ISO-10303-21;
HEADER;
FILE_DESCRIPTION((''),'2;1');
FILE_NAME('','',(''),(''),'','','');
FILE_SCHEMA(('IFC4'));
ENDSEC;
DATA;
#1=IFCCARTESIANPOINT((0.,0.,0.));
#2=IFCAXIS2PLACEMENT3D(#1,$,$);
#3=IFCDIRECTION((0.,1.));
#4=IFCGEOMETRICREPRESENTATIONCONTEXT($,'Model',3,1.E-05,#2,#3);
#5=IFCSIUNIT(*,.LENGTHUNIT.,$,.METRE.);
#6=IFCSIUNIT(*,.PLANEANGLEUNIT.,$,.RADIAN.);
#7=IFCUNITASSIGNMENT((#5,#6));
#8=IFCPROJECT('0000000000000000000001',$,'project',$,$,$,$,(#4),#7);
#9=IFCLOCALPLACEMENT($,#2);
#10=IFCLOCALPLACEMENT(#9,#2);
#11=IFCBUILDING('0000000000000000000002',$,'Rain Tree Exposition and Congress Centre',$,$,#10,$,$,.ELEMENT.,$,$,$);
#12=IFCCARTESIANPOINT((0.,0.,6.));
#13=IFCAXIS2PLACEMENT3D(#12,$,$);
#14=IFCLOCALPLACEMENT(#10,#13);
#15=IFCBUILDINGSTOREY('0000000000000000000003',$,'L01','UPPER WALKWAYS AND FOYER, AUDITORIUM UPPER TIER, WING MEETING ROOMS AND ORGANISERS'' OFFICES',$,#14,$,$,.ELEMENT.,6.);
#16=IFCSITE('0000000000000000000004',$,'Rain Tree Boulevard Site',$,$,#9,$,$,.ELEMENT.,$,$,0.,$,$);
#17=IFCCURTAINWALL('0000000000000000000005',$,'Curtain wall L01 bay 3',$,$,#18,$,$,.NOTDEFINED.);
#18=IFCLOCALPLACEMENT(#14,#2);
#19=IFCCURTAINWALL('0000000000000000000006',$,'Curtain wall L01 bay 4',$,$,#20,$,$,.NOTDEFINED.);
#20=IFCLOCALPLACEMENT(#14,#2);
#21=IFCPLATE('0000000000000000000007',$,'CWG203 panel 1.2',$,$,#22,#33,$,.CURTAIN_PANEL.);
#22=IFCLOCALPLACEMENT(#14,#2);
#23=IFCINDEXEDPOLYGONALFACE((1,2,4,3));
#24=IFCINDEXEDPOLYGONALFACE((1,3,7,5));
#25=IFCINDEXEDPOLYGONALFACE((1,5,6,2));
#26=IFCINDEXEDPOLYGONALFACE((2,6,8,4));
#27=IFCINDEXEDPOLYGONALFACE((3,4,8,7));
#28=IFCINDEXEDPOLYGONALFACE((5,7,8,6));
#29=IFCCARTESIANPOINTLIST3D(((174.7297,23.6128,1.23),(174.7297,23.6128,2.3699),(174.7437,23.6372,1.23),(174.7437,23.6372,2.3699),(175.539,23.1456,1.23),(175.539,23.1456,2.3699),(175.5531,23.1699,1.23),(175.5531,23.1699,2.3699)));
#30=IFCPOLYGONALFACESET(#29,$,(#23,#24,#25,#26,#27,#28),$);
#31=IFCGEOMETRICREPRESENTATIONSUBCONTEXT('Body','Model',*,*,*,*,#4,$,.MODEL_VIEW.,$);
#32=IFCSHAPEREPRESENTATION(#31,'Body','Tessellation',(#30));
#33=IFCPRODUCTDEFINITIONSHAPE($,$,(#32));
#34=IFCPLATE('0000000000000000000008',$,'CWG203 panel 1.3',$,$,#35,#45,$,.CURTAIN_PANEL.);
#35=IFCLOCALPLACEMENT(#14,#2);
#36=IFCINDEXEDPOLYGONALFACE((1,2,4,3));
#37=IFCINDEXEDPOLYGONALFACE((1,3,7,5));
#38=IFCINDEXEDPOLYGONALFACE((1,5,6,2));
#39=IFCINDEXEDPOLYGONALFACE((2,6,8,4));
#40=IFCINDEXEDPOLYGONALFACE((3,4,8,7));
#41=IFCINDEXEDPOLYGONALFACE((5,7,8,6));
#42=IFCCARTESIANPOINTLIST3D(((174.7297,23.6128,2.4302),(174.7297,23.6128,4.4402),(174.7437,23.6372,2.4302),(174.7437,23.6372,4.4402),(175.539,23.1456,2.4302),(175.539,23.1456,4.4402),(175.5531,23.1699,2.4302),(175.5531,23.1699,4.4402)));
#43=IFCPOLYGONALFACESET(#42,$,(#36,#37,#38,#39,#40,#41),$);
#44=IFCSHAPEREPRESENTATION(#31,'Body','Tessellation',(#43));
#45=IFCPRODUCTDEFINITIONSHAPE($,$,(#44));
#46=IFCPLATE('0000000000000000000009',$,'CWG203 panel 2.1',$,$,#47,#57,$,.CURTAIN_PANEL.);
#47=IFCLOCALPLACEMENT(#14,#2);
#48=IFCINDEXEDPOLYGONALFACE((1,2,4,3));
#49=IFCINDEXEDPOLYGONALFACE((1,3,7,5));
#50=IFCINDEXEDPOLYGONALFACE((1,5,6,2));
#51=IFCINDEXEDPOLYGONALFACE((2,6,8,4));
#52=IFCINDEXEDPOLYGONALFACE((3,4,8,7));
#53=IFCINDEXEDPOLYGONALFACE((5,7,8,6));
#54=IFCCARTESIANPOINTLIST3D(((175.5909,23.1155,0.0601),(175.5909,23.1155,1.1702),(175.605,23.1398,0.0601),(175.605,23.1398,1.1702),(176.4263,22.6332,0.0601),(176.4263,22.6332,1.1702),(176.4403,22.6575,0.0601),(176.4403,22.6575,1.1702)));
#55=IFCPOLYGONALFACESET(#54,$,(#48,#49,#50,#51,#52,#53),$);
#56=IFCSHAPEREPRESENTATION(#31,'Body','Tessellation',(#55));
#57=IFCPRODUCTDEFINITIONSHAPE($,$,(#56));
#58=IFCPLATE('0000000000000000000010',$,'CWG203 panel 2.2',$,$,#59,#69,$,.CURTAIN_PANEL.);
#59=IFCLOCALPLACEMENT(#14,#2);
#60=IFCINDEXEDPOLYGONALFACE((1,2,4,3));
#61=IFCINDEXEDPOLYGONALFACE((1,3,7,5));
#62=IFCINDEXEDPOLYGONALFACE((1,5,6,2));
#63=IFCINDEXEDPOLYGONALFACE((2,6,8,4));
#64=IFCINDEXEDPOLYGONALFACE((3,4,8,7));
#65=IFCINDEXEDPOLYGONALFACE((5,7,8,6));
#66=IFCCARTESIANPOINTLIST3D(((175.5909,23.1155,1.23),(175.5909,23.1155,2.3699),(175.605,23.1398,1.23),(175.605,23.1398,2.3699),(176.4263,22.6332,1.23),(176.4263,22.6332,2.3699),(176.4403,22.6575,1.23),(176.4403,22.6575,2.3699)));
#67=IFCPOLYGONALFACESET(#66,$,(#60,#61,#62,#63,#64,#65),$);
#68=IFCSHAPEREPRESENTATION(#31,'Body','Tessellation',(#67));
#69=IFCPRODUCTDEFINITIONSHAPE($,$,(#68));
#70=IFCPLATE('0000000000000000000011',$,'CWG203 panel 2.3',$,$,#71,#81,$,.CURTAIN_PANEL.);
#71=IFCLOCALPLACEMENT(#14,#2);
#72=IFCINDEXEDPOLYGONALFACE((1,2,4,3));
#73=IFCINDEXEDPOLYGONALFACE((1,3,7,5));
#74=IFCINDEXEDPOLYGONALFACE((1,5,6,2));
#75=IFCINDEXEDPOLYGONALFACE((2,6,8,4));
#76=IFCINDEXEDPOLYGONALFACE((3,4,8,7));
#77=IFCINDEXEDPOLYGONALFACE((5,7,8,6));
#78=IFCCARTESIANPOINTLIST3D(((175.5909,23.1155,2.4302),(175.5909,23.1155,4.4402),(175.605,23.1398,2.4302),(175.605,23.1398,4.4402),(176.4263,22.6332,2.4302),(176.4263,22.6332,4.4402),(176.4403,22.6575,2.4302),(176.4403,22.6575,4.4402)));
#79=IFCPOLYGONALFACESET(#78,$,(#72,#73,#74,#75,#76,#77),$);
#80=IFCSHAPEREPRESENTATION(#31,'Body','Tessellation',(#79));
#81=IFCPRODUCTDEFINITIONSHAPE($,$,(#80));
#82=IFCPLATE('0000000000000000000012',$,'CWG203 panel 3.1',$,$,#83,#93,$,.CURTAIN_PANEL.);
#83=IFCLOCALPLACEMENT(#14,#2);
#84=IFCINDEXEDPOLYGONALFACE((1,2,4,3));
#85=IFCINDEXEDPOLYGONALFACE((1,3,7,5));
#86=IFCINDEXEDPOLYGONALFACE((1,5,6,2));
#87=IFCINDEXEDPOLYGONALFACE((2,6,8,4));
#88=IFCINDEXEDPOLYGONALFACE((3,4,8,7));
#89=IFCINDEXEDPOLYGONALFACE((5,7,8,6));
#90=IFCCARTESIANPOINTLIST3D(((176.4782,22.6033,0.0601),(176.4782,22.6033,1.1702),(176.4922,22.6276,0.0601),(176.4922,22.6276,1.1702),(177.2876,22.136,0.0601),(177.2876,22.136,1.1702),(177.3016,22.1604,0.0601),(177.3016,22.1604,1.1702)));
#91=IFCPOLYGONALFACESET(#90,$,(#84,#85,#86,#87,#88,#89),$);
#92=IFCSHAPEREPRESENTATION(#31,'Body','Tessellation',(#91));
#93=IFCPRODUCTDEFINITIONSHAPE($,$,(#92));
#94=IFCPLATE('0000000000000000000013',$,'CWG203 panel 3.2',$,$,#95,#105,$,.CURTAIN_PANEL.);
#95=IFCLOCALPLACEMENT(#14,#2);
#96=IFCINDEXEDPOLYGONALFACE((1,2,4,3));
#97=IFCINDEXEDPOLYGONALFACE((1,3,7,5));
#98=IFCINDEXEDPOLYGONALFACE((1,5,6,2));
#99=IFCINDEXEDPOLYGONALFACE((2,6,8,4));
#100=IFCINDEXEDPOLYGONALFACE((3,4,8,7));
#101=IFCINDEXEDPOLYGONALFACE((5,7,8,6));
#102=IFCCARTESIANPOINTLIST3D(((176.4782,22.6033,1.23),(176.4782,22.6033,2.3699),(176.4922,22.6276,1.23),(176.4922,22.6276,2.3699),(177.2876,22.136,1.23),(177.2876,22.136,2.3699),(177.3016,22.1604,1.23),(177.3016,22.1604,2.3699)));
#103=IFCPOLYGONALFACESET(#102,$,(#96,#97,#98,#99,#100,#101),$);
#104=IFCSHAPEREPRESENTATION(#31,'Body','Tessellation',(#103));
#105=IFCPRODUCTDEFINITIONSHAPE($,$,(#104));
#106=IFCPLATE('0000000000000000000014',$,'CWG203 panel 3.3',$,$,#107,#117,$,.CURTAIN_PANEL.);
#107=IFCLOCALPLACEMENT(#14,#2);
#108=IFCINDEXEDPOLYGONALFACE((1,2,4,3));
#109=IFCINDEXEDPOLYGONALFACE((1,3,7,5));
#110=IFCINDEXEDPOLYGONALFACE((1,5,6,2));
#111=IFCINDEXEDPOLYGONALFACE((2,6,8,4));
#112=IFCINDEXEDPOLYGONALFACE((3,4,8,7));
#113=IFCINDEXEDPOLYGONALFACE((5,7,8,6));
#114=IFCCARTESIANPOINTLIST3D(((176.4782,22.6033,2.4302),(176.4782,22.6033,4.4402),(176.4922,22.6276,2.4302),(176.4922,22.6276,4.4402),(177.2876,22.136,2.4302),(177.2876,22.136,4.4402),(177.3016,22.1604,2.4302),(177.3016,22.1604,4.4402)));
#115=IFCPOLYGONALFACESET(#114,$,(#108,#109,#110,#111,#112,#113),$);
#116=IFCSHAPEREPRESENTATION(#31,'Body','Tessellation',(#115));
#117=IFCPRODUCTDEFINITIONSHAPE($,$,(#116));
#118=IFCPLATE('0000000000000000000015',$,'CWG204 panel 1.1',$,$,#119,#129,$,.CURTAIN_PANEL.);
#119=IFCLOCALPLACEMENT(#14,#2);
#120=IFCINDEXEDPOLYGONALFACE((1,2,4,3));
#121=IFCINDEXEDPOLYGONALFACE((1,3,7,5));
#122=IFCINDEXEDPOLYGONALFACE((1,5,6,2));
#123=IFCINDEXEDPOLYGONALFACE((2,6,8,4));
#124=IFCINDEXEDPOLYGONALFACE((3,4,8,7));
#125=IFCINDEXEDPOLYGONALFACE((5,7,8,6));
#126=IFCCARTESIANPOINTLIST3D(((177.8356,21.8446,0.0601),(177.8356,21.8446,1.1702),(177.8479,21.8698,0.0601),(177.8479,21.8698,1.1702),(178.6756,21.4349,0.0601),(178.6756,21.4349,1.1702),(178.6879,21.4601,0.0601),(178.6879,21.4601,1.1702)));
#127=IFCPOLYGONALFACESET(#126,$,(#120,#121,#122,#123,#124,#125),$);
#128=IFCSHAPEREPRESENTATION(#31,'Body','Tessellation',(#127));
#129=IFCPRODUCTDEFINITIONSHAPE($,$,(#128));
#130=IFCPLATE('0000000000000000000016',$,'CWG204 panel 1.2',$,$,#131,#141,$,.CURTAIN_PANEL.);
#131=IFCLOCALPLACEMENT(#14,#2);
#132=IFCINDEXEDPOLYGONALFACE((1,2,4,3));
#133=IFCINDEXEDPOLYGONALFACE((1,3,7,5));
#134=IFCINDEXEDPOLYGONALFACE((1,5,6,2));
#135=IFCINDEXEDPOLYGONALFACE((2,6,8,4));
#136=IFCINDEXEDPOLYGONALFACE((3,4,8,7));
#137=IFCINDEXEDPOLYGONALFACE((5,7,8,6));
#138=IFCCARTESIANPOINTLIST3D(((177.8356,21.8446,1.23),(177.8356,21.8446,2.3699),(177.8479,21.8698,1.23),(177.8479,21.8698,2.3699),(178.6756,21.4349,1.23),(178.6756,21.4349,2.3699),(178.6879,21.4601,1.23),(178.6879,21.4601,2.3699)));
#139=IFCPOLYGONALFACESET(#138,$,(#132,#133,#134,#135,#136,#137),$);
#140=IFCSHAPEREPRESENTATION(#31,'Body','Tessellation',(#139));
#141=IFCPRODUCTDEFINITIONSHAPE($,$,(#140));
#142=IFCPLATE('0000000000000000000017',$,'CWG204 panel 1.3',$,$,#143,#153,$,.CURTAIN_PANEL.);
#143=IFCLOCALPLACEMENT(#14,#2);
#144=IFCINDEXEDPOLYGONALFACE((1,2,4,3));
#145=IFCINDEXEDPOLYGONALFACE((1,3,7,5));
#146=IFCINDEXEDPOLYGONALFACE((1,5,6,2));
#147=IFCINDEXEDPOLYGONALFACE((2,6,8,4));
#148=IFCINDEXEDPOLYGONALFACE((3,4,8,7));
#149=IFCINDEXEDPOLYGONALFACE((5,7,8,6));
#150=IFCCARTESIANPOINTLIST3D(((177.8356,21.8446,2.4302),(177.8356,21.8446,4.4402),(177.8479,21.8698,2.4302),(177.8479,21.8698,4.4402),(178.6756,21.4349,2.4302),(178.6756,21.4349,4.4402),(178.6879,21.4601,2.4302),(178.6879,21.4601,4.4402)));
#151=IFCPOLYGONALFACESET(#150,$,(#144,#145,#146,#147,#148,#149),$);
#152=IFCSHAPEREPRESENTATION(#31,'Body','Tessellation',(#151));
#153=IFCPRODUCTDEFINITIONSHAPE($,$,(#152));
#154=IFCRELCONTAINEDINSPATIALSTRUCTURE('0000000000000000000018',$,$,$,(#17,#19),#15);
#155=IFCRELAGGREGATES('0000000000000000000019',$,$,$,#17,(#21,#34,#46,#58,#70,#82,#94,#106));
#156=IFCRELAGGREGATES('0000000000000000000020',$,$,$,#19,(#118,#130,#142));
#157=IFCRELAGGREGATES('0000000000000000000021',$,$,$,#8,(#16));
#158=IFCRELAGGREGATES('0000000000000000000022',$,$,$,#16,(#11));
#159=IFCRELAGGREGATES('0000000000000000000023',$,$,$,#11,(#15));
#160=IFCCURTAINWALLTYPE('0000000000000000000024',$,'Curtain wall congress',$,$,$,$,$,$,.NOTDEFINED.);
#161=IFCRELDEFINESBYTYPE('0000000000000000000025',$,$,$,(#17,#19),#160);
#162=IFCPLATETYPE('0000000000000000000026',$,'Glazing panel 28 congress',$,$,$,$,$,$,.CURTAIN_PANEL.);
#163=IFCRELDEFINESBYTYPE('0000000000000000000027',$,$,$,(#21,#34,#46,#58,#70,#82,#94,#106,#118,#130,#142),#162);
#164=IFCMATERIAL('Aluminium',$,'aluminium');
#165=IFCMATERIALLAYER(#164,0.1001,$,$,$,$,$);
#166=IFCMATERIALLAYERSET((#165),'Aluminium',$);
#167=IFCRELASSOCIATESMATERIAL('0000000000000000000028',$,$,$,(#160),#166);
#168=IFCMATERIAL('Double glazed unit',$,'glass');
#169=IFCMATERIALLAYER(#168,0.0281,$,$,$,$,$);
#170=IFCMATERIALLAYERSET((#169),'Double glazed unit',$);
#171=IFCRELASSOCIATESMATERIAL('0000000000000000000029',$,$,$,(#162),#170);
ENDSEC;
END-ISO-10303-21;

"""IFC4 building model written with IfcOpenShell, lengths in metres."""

from ifc_helpers import new_model, si_unit, direction, frame, origin, origin_2d, place, context, subcontext, project, spatial, rectangle, extrude, material, layer, layer_set, type_object, element, aggregate, save


model = new_model("IFC4")

# Units and contexts
model_context = context("Model", 3, precision=1e-05, world=origin(), true_north=direction((0.0, 1.0)))
body_context = subcontext(model_context, "Body", "Model", "MODEL_VIEW")
ifc_project = project(units=[si_unit("LENGTHUNIT", "METRE"), si_unit("PLANEANGLEUNIT", "RADIAN")], contexts=[model_context])

# Site, building, storey
site_placement = place(None, origin())
site = spatial("IfcSite", under=ifc_project, at=site_placement, Name="Rain Tree Boulevard Site", CompositionType="ELEMENT", RefElevation=0.0)
building_placement = place(site_placement, origin())
building = spatial("IfcBuilding", under=site, at=building_placement, Name="Rain Tree Exposition and Congress Centre", CompositionType="ELEMENT")
storey_placement = place(building_placement, frame((0.0, 0.0, 6.0)))
storey = spatial("IfcBuildingStorey", under=building, at=storey_placement, Name="L01", Description="UPPER WALKWAYS AND FOYER, AUDITORIUM UPPER TIER, WING MEETING ROOMS AND ORGANISERS' OFFICES", CompositionType="ELEMENT", Elevation=6.0)

# Shared definitions
ifc_material_1 = material(Name="Aluminium", Category="aluminium")
ifc_layer_1 = layer(ifc_material_1, 0.1001)
ifc_layer_set_1 = layer_set([ifc_layer_1], Name="Aluminium")
curtain_wall_type = type_object("IfcCurtainWallType", Name="Curtain wall congress", PredefinedType="NOTDEFINED", material=ifc_layer_set_1)

# Curtain wall
curtain_wall_1_placement = place(storey_placement, origin())
curtain_wall_1 = element("IfcCurtainWall", 1, at=curtain_wall_1_placement, inside=storey, type_object=curtain_wall_type, Name="Curtain wall L01 bay 3", PredefinedType="NOTDEFINED")

# Curtain wall
curtain_wall_2_placement = place(storey_placement, origin())
curtain_wall_2 = element("IfcCurtainWall", 2, at=curtain_wall_2_placement, inside=storey, type_object=curtain_wall_type, Name="Curtain wall L01 bay 4", PredefinedType="NOTDEFINED")

# Plates
ifc_material_2 = material(Name="Double glazed unit", Category="glass")
ifc_layer_2 = layer(ifc_material_2, 0.0281)
ifc_layer_set_2 = layer_set([ifc_layer_2], Name="Double glazed unit")
plate_type = type_object("IfcPlateType", Name="Glazing panel 28 congress", PredefinedType="CURTAIN_PANEL", material=ifc_layer_set_2)
plate_1_placement = place(storey_placement, frame((175.1414, 23.3914, 1.23), z_axis=(0.0, 0.0, 1.0), x_axis=(0.866032, -0.499988, 0.0)))
plate_1 = element("IfcPlate", 3, at=plate_1_placement, type_object=plate_type, Name="CWG203 panel 1.2", PredefinedType="CURTAIN_PANEL", context=body_context, shape_type="SweptSolid", body=[
    extrude(rectangle(XDim=0.9346, YDim=0.0281, at=origin_2d()), origin(), (0.0, 0.0, 1.0), 1.1399),
])
plate_2_placement = place(storey_placement, frame((175.1414, 23.3914, 2.4302), z_axis=(0.0, 0.0, 1.0), x_axis=(0.866032, -0.499988, 0.0)))
plate_2 = element("IfcPlate", 4, at=plate_2_placement, type_object=plate_type, Name="CWG203 panel 1.3", PredefinedType="CURTAIN_PANEL", context=body_context, shape_type="SweptSolid", body=[
    extrude(rectangle(XDim=0.9346, YDim=0.0281, at=origin_2d()), origin(), (0.0, 0.0, 1.0), 2.01),
])
plate_3_placement = place(storey_placement, frame((176.0156, 22.8865, 0.0601), z_axis=(0.0, 0.0, 1.0), x_axis=(0.866032, -0.499988, 0.0)))
plate_3 = element("IfcPlate", 5, at=plate_3_placement, type_object=plate_type, Name="CWG203 panel 2.1", PredefinedType="CURTAIN_PANEL", context=body_context, shape_type="SweptSolid", body=[
    extrude(rectangle(XDim=0.9646, YDim=0.0281, at=origin_2d()), origin(), (0.0, 0.0, 1.0), 1.1101),
])
plate_4_placement = place(storey_placement, frame((176.0156, 22.8865, 1.23), z_axis=(0.0, 0.0, 1.0), x_axis=(0.866032, -0.499988, 0.0)))
plate_4 = element("IfcPlate", 6, at=plate_4_placement, type_object=plate_type, Name="CWG203 panel 2.2", PredefinedType="CURTAIN_PANEL", context=body_context, shape_type="SweptSolid", body=[
    extrude(rectangle(XDim=0.9646, YDim=0.0281, at=origin_2d()), origin(), (0.0, 0.0, 1.0), 1.1399),
])
plate_5_placement = place(storey_placement, frame((176.0156, 22.8865, 2.4302), z_axis=(0.0, 0.0, 1.0), x_axis=(0.866032, -0.499988, 0.0)))
plate_5 = element("IfcPlate", 7, at=plate_5_placement, type_object=plate_type, Name="CWG203 panel 2.3", PredefinedType="CURTAIN_PANEL", context=body_context, shape_type="SweptSolid", body=[
    extrude(rectangle(XDim=0.9646, YDim=0.0281, at=origin_2d()), origin(), (0.0, 0.0, 1.0), 2.01),
])
plate_6_placement = place(storey_placement, frame((176.8899, 22.3818, 0.0601), z_axis=(0.0, 0.0, 1.0), x_axis=(0.866032, -0.499988, 0.0)))
plate_6 = element("IfcPlate", 8, at=plate_6_placement, type_object=plate_type, Name="CWG203 panel 3.1", PredefinedType="CURTAIN_PANEL", context=body_context, shape_type="SweptSolid", body=[
    extrude(rectangle(XDim=0.9346, YDim=0.0281, at=origin_2d()), origin(), (0.0, 0.0, 1.0), 1.1101),
])
plate_7_placement = place(storey_placement, frame((176.8899, 22.3818, 1.23), z_axis=(0.0, 0.0, 1.0), x_axis=(0.866032, -0.499988, 0.0)))
plate_7 = element("IfcPlate", 9, at=plate_7_placement, type_object=plate_type, Name="CWG203 panel 3.2", PredefinedType="CURTAIN_PANEL", context=body_context, shape_type="SweptSolid", body=[
    extrude(rectangle(XDim=0.9346, YDim=0.0281, at=origin_2d()), origin(), (0.0, 0.0, 1.0), 1.1399),
])
plate_8_placement = place(storey_placement, frame((176.8899, 22.3818, 2.4302), z_axis=(0.0, 0.0, 1.0), x_axis=(0.866032, -0.499988, 0.0)))
plate_8 = element("IfcPlate", 10, at=plate_8_placement, type_object=plate_type, Name="CWG203 panel 3.3", PredefinedType="CURTAIN_PANEL", context=body_context, shape_type="SweptSolid", body=[
    extrude(rectangle(XDim=0.9346, YDim=0.0281, at=origin_2d()), origin(), (0.0, 0.0, 1.0), 2.01),
])
aggregate(curtain_wall_1, [plate_1, plate_2, plate_3, plate_4, plate_5, plate_6, plate_7, plate_8])
plate_9_placement = place(storey_placement, frame((178.2617, 21.6523, 0.0601), z_axis=(0.0, 0.0, 1.0), x_axis=(0.898795, -0.438369, 0.0)))
plate_9 = element("IfcPlate", 11, at=plate_9_placement, type_object=plate_type, Name="CWG204 panel 1.1", PredefinedType="CURTAIN_PANEL", context=body_context, shape_type="SweptSolid", body=[
    extrude(rectangle(XDim=0.9346, YDim=0.0281, at=origin_2d()), origin(), (0.0, 0.0, 1.0), 1.1101),
])
plate_10_placement = place(storey_placement, frame((178.2617, 21.6523, 1.23), z_axis=(0.0, 0.0, 1.0), x_axis=(0.898795, -0.438369, 0.0)))
plate_10 = element("IfcPlate", 12, at=plate_10_placement, type_object=plate_type, Name="CWG204 panel 1.2", PredefinedType="CURTAIN_PANEL", context=body_context, shape_type="SweptSolid", body=[
    extrude(rectangle(XDim=0.9346, YDim=0.0281, at=origin_2d()), origin(), (0.0, 0.0, 1.0), 1.1399),
])
plate_11_placement = place(storey_placement, frame((178.2617, 21.6523, 2.4302), z_axis=(0.0, 0.0, 1.0), x_axis=(0.898795, -0.438369, 0.0)))
plate_11 = element("IfcPlate", 13, at=plate_11_placement, type_object=plate_type, Name="CWG204 panel 1.3", PredefinedType="CURTAIN_PANEL", context=body_context, shape_type="SweptSolid", body=[
    extrude(rectangle(XDim=0.9346, YDim=0.0281, at=origin_2d()), origin(), (0.0, 0.0, 1.0), 2.01),
])
aggregate(curtain_wall_2, [plate_9, plate_10, plate_11])

save(model, "model.ifc")
